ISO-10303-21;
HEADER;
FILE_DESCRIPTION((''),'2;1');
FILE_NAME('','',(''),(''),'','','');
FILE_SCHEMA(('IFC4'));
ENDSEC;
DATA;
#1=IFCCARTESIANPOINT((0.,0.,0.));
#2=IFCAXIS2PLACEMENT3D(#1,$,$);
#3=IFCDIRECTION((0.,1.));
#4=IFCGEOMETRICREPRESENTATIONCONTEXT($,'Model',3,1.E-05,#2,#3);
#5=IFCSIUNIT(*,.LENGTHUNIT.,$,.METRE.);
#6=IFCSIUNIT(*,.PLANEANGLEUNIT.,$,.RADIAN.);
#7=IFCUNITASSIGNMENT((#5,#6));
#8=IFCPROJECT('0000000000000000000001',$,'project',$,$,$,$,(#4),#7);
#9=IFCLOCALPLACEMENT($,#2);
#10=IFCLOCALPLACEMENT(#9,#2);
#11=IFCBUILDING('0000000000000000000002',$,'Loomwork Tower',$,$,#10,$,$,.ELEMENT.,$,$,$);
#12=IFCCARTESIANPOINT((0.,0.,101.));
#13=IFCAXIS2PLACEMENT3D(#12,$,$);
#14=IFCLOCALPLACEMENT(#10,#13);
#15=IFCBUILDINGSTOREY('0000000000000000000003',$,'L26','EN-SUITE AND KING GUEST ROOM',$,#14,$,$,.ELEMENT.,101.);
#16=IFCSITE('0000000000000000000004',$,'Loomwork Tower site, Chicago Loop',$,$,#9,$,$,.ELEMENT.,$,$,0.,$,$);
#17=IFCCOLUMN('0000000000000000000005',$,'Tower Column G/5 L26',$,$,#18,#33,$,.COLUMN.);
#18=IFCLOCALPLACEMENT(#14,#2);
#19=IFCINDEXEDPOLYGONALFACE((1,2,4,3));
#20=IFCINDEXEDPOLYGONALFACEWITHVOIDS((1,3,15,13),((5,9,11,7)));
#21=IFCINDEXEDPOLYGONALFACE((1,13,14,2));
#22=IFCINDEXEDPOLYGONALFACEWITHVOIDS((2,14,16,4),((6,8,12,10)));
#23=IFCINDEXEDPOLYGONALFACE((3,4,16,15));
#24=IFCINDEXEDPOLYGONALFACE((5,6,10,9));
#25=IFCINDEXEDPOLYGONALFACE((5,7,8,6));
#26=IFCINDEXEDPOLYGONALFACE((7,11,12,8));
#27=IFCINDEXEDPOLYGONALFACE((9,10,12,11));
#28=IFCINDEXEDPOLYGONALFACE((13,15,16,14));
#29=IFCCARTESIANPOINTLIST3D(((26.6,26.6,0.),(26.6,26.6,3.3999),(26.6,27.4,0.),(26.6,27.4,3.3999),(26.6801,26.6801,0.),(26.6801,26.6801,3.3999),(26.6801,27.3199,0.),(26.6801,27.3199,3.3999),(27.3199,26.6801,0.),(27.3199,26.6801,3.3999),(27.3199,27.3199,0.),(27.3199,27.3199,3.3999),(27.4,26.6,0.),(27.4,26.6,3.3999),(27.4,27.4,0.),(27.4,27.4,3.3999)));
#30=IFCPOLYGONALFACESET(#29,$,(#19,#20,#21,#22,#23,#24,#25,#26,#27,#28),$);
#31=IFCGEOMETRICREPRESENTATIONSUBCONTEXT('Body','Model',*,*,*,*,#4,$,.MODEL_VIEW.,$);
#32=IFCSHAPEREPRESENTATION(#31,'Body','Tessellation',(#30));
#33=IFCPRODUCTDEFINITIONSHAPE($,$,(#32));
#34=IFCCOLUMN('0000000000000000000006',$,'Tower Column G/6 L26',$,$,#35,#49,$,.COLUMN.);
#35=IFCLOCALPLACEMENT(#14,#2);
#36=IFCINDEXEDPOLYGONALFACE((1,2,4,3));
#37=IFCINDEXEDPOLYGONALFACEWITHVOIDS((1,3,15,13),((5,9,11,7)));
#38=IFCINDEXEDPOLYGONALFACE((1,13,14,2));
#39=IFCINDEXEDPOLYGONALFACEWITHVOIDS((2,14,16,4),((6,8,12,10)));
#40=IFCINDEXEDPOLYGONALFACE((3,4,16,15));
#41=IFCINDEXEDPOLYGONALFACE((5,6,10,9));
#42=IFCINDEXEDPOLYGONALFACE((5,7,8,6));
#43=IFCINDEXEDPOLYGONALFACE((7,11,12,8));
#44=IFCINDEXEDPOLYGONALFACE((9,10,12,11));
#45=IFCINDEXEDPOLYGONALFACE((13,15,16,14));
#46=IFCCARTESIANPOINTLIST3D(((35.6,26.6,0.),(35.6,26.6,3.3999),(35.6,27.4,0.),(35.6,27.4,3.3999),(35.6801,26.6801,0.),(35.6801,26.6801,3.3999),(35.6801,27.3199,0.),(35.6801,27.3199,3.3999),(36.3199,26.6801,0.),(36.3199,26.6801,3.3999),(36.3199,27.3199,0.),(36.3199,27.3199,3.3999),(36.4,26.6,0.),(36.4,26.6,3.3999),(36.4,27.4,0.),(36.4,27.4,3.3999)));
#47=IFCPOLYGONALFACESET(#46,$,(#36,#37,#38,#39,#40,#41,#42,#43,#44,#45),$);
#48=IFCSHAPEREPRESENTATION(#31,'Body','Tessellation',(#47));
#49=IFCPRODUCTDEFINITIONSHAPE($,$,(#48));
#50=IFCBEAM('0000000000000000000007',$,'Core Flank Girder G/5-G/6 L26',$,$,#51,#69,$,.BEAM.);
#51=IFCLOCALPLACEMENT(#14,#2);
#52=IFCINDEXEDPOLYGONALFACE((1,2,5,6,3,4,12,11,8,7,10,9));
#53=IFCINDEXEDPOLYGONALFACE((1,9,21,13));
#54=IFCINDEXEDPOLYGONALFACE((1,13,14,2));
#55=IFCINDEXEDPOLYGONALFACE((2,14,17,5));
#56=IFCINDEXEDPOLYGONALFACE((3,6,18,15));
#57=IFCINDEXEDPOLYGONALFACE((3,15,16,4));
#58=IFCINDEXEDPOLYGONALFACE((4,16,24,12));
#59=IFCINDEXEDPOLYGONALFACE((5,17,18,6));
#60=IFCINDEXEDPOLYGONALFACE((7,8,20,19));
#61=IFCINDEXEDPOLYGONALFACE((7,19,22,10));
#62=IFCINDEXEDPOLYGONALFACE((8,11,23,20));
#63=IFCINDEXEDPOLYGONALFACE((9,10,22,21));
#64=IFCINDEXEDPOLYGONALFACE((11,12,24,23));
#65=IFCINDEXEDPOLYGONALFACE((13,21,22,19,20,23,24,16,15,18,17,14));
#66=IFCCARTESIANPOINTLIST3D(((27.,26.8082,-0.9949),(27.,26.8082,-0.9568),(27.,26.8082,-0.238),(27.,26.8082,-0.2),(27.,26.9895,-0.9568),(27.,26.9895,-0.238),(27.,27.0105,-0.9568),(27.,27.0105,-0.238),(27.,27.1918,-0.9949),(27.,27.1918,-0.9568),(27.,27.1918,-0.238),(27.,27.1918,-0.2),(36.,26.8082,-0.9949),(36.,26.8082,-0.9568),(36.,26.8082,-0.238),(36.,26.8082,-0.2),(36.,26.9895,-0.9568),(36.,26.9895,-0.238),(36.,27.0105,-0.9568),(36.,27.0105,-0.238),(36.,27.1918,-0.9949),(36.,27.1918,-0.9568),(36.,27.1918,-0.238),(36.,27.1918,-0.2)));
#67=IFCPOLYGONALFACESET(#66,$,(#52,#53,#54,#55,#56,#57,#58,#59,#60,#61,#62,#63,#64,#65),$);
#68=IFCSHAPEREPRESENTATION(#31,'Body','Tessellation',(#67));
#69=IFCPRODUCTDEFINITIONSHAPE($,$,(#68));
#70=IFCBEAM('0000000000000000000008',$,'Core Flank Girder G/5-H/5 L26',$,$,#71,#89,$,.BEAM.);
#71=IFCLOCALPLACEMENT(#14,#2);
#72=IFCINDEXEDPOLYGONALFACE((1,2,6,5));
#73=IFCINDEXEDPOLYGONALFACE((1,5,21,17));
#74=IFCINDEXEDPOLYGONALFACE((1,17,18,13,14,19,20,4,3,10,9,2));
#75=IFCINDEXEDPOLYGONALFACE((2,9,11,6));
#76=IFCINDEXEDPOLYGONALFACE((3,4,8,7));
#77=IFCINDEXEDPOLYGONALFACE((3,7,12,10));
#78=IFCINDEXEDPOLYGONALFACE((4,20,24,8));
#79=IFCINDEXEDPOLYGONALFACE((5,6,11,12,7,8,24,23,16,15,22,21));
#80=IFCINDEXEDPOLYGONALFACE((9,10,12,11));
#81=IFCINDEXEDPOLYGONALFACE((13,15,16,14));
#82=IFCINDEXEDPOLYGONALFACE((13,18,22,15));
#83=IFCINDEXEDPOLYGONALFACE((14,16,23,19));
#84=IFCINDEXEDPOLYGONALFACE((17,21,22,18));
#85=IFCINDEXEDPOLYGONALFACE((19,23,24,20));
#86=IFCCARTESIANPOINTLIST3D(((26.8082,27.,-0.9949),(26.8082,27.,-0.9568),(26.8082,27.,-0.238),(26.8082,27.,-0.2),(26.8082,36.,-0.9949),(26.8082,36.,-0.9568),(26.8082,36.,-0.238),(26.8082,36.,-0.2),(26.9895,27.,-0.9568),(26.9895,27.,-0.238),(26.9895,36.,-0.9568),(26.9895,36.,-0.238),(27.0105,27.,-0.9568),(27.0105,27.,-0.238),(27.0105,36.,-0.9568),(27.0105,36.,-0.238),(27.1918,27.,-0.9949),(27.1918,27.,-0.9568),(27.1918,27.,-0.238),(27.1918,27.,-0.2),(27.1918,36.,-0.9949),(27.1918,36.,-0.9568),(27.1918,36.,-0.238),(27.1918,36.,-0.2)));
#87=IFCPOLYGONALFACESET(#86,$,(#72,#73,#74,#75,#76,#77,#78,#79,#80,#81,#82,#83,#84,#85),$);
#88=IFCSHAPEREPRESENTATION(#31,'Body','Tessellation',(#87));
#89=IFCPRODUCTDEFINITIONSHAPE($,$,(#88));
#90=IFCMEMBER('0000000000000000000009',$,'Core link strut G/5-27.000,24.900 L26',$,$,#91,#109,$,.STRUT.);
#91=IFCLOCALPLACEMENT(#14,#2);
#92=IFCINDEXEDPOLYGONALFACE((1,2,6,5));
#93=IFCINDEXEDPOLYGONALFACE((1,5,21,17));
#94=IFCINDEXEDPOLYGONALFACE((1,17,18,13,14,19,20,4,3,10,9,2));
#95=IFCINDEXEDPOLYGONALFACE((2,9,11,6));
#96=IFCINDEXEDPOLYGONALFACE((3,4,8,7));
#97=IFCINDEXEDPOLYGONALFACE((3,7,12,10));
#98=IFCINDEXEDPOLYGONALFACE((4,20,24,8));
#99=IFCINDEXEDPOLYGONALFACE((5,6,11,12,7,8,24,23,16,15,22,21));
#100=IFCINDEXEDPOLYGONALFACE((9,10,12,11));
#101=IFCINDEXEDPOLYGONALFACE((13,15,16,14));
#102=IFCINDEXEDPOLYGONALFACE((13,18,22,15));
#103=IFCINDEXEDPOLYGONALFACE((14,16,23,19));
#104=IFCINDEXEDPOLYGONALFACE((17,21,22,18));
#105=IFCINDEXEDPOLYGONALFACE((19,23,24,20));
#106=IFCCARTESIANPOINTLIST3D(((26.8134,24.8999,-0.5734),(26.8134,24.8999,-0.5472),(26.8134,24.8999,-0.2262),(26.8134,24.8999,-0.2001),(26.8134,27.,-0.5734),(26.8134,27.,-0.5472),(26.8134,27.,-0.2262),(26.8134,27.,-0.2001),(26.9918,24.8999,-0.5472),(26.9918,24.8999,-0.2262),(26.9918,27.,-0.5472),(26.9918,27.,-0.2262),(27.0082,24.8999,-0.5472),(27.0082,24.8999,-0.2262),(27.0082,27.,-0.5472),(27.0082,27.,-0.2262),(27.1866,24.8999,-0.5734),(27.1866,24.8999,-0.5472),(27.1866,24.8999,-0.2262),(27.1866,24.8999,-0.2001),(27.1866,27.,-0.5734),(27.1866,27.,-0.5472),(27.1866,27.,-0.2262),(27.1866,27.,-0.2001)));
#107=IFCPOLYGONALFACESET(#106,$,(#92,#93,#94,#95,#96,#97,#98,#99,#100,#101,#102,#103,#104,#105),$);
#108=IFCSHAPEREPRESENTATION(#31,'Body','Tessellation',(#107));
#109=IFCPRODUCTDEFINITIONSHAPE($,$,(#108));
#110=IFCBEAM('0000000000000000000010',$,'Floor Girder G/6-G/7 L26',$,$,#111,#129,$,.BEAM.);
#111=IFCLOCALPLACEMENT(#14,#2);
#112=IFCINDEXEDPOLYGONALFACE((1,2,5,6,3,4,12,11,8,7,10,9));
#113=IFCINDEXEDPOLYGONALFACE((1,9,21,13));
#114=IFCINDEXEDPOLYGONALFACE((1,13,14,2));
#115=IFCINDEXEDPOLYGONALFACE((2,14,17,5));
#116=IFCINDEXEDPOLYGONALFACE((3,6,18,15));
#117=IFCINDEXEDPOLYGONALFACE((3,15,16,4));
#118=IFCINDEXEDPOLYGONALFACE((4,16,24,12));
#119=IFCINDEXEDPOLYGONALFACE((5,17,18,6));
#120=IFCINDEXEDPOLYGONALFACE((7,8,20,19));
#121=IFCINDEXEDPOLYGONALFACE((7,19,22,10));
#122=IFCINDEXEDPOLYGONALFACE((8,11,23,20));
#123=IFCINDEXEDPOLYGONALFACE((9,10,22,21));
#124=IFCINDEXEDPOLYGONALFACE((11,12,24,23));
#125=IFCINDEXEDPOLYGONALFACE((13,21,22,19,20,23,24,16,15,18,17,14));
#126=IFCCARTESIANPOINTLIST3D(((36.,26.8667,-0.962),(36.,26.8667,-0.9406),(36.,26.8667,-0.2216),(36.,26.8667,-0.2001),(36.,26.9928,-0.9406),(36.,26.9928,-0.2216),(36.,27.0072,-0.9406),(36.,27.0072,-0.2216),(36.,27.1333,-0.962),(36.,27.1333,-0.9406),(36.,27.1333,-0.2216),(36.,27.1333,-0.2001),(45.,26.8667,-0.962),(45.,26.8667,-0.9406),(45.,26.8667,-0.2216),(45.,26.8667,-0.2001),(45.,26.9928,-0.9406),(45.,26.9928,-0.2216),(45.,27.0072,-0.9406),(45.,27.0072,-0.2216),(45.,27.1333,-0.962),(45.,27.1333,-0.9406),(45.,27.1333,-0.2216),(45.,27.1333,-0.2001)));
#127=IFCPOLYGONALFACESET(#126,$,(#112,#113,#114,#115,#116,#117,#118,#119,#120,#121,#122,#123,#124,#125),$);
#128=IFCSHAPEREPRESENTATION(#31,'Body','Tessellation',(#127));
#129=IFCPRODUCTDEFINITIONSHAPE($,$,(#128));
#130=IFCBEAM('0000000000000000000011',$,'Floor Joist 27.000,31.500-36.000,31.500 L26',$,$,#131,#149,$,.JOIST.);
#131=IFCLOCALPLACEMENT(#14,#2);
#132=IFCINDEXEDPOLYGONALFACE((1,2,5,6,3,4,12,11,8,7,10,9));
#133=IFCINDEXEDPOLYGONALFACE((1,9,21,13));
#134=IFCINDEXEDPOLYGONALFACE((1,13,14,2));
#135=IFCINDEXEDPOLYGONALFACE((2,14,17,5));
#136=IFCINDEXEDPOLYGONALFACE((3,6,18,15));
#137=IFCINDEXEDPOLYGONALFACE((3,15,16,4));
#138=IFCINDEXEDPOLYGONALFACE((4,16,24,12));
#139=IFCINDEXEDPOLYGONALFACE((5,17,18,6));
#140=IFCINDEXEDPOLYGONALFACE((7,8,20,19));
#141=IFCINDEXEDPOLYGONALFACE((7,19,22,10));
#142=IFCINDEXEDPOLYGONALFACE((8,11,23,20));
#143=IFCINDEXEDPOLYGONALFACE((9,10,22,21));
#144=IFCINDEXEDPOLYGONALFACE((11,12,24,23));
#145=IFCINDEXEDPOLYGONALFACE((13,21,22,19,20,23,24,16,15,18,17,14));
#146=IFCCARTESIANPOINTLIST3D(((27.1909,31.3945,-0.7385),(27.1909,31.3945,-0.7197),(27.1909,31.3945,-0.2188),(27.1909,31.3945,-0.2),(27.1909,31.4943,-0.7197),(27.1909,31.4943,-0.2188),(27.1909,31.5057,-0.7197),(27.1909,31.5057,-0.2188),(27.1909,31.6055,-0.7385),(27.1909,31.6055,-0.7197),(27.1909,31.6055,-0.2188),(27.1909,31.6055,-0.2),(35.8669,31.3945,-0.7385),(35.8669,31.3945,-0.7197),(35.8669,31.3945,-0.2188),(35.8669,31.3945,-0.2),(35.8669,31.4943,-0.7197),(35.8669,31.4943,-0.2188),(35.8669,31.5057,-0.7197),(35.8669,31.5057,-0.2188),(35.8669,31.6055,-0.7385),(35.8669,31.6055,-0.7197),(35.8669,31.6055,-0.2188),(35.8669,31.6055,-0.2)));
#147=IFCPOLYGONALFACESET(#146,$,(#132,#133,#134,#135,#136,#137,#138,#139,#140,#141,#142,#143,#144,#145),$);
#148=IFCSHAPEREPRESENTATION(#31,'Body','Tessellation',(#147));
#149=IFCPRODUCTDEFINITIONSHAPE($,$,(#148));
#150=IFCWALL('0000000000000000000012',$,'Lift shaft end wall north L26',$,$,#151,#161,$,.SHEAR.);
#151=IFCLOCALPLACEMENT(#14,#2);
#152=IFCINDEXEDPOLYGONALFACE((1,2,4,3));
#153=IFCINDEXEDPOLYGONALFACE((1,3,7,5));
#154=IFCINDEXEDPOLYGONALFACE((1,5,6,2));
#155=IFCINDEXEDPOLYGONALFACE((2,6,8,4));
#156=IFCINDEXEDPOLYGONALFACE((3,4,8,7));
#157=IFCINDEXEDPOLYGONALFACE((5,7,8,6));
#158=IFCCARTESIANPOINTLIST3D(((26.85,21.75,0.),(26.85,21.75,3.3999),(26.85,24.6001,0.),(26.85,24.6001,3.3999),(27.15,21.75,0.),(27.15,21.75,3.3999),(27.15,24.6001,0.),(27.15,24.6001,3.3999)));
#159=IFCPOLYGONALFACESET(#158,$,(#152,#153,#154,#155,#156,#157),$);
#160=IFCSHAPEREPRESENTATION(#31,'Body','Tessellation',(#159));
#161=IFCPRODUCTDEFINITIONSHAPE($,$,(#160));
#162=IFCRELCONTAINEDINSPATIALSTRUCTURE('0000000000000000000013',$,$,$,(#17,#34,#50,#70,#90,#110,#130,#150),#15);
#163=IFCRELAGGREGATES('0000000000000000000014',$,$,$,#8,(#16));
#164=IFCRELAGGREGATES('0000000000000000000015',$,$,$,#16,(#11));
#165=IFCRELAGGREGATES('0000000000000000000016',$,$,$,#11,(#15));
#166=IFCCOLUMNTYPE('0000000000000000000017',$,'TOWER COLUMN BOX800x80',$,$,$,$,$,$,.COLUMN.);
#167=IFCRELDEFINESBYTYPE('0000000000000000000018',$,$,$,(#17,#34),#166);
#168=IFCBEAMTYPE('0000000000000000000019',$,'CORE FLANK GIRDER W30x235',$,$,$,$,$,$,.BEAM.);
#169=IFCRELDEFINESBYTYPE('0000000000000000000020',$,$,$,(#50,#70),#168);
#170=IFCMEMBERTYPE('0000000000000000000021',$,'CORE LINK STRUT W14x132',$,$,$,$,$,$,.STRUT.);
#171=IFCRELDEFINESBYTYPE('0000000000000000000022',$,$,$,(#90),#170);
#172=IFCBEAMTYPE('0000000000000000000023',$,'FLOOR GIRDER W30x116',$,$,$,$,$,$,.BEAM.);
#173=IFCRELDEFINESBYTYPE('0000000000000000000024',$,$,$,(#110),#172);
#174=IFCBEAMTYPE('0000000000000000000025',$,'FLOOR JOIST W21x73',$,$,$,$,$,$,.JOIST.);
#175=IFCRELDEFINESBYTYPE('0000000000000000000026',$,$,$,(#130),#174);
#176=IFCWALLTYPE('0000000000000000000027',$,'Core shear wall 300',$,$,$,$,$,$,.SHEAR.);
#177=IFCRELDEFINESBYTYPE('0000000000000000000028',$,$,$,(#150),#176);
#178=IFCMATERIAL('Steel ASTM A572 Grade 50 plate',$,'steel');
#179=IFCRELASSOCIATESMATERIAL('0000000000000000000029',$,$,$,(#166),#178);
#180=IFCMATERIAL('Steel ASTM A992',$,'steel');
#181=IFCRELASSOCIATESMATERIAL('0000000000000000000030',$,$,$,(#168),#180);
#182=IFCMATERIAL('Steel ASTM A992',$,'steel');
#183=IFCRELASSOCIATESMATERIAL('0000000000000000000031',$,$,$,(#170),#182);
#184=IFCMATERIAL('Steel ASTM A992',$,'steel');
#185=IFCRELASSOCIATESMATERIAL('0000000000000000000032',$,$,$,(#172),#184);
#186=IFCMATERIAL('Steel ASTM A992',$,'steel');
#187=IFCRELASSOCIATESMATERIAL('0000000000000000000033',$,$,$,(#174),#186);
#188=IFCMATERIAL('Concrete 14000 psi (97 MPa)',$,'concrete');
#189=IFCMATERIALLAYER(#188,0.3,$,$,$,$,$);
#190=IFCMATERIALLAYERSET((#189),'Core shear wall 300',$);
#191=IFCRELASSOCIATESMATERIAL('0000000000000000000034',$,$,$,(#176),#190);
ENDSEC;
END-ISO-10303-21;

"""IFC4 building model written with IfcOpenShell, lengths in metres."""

from ifc_helpers import new_model, si_unit, direction, frame, frame_2d, origin, origin_2d, place, context, subcontext, project, spatial, rectangle, hollow_rectangle, i_section, extrude, material, layer, layer_set, material_profile, profile_set, type_object, element, save


model = new_model("IFC4")

# Units and contexts
model_context = context("Model", 3, precision=1e-05, world=origin(), true_north=direction((0.0, 1.0)))
body_context = subcontext(model_context, "Body", "Model", "MODEL_VIEW")
ifc_project = project(units=[si_unit("LENGTHUNIT", "METRE"), si_unit("PLANEANGLEUNIT", "RADIAN")], contexts=[model_context])

# Site, building, storey
site_placement = place(None, origin())
site = spatial("IfcSite", under=ifc_project, at=site_placement, Name="Loomwork Tower site, Chicago Loop", CompositionType="ELEMENT", RefElevation=0.0)
building_placement = place(site_placement, origin())
building = spatial("IfcBuilding", under=site, at=building_placement, Name="Loomwork Tower", CompositionType="ELEMENT")
storey_placement = place(building_placement, frame((0.0, 0.0, 101.0)))
storey = spatial("IfcBuildingStorey", under=building, at=storey_placement, Name="L26", Description="EN-SUITE AND KING GUEST ROOM", CompositionType="ELEMENT", Elevation=101.0)

# Columns
ifc_material_1 = material(Name="Steel ASTM A572 Grade 50 plate", Category="steel")
ifc_material_profile_1 = material_profile(ifc_material_1, hollow_rectangle(XDim=0.8, YDim=0.8, WallThickness=0.0801, at=origin_2d()), Name="BOX800x80")
ifc_profile_set_1 = profile_set([ifc_material_profile_1], Name="Steel ASTM A572 Grade 50 plate")
column_type = type_object("IfcColumnType", Name="TOWER COLUMN BOX800x80", PredefinedType="COLUMN", material=ifc_profile_set_1)
for number, where, z_axis, x_axis, name in (
    (1, (27.0, 27.0, 0.0), (0.0, 0.0, 1.0), (1.0, 0.0, 0.0), "Tower Column G/5 L26"),
    (2, (36.0, 27.0, 0.0), (0.0, 0.0, 1.0), (1.0, 0.0, 0.0), "Tower Column G/6 L26"),
):
    element("IfcColumn", number, at=place(storey_placement, frame(where, z_axis=z_axis, x_axis=x_axis)), inside=storey, type_object=column_type, Name=name, PredefinedType="COLUMN", context=body_context, shape_type="SweptSolid", body=[
        extrude(hollow_rectangle(XDim=0.8, YDim=0.8, WallThickness=0.0801, at=origin_2d()), origin(), (0.0, 0.0, 1.0), 3.3999),
    ])

# Beams
ifc_material_2 = material(Name="Steel ASTM A992", Category="steel")
ifc_material_profile_2 = material_profile(ifc_material_2, i_section(OverallWidth=0.3835, OverallDepth=0.7949, WebThickness=0.021, FlangeThickness=0.0381, at=origin_2d()), Name="W30x235")
ifc_profile_set_2 = profile_set([ifc_material_profile_2], Name="Steel ASTM A992")
beam_type_1 = type_object("IfcBeamType", Name="CORE FLANK GIRDER W30x235", PredefinedType="BEAM", material=ifc_profile_set_2)
for number, where, z_axis, x_axis, name in (
    (3, (27.0, 27.0, -0.5974), (1.0, 0.0, 0.0), (0.0, 1.0, 0.0), "Core Flank Girder G/5-G/6 L26"),
    (4, (27.0, 27.0, -0.5974), (0.0, 1.0, 0.0), (-1.0, 0.0, 0.0), "Core Flank Girder G/5-H/5 L26"),
):
    element("IfcBeam", number, at=place(storey_placement, frame(where, z_axis=z_axis, x_axis=x_axis)), inside=storey, type_object=beam_type_1, Name=name, PredefinedType="BEAM", context=body_context, shape_type="SweptSolid", body=[
        extrude(i_section(OverallWidth=0.3835, OverallDepth=0.7949, WebThickness=0.021, FlangeThickness=0.0381, at=origin_2d()), origin(), (0.0, 0.0, 1.0), 9.0),
    ])

# Member
ifc_material_3 = material(Name="Steel ASTM A992", Category="steel")
ifc_material_profile_3 = material_profile(ifc_material_3, i_section(OverallWidth=0.3733, OverallDepth=0.3733, WebThickness=0.0164, FlangeThickness=0.0261, at=origin_2d()), Name="W14x132")
ifc_profile_set_3 = profile_set([ifc_material_profile_3], Name="Steel ASTM A992")
member_type = type_object("IfcMemberType", Name="CORE LINK STRUT W14x132", PredefinedType="STRUT", material=ifc_profile_set_3)
member_placement = place(storey_placement, frame((27.0, 27.0, -0.3867), z_axis=(0.0, -1.0, 0.0), x_axis=(1.0, 0.0, 0.0)))
element("IfcMember", 5, at=member_placement, inside=storey, type_object=member_type, Name="Core link strut G/5-27.000,24.900 L26", PredefinedType="STRUT", context=body_context, shape_type="SweptSolid", body=[
    extrude(i_section(OverallWidth=0.3733, OverallDepth=0.3733, WebThickness=0.0164, FlangeThickness=0.0261, at=origin_2d()), origin(), (0.0, 0.0, 1.0), 2.1001),
])

# Beams
ifc_material_4 = material(Name="Steel ASTM A992", Category="steel")
ifc_material_profile_4 = material_profile(ifc_material_4, i_section(OverallWidth=0.2666, OverallDepth=0.762, WebThickness=0.0144, FlangeThickness=0.0215, at=origin_2d()), Name="W30x116")
ifc_profile_set_4 = profile_set([ifc_material_profile_4], Name="Steel ASTM A992")
beam_type_2 = type_object("IfcBeamType", Name="FLOOR GIRDER W30x116", PredefinedType="BEAM", material=ifc_profile_set_4)
beam_1_placement = place(storey_placement, frame((36.0, 27.0, -0.5811), z_axis=(1.0, 0.0, 0.0), x_axis=(0.0, 1.0, 0.0)))
element("IfcBeam", 6, at=beam_1_placement, inside=storey, type_object=beam_type_2, Name="Floor Girder G/6-G/7 L26", PredefinedType="BEAM", context=body_context, shape_type="SweptSolid", body=[
    extrude(i_section(OverallWidth=0.2666, OverallDepth=0.762, WebThickness=0.0144, FlangeThickness=0.0215, at=origin_2d()), origin(), (0.0, 0.0, 1.0), 9.0),
])
ifc_material_5 = material(Name="Steel ASTM A992", Category="steel")
ifc_material_profile_5 = material_profile(ifc_material_5, i_section(OverallWidth=0.2109, OverallDepth=0.5386, WebThickness=0.0115, FlangeThickness=0.0188, at=origin_2d()), Name="W21x73")
ifc_profile_set_5 = profile_set([ifc_material_profile_5], Name="Steel ASTM A992")
beam_type_3 = type_object("IfcBeamType", Name="FLOOR JOIST W21x73", PredefinedType="JOIST", material=ifc_profile_set_5)
beam_2_placement = place(storey_placement, frame((27.1909, 31.5, -0.4692), z_axis=(1.0, 0.0, 0.0), x_axis=(0.0, 1.0, 0.0)))
element("IfcBeam", 7, at=beam_2_placement, inside=storey, type_object=beam_type_3, Name="Floor Joist 27.000,31.500-36.000,31.500 L26", PredefinedType="JOIST", context=body_context, shape_type="SweptSolid", body=[
    extrude(i_section(OverallWidth=0.2109, OverallDepth=0.5386, WebThickness=0.0115, FlangeThickness=0.0188, at=origin_2d()), origin(), (0.0, 0.0, 1.0), 8.676),
])

# Wall
ifc_material_6 = material(Name="Concrete 14000 psi (97 MPa)", Category="concrete")
ifc_layer_1 = layer(ifc_material_6, 0.3)
ifc_layer_set_1 = layer_set([ifc_layer_1], Name="Core shear wall 300")
wall_type_1 = type_object("IfcWallType", Name="Core shear wall 300", PredefinedType="SHEAR", material=ifc_layer_set_1)
wall_1_placement = place(storey_placement, frame((27.0, 21.75, 0.0), z_axis=(0.0, 0.0, 1.0), x_axis=(0.0, 1.0, 0.0)))
element("IfcWall", 8, at=wall_1_placement, inside=storey, type_object=wall_type_1, Name="Lift shaft end wall north L26", PredefinedType="SHEAR", context=body_context, shape_type="SweptSolid", body=[
    extrude(rectangle(XDim=2.8501, YDim=0.3, at=frame_2d((1.425, 0.0))), origin(), (0.0, 0.0, 1.0), 3.3999),
])

save(model, "model.ifc")
